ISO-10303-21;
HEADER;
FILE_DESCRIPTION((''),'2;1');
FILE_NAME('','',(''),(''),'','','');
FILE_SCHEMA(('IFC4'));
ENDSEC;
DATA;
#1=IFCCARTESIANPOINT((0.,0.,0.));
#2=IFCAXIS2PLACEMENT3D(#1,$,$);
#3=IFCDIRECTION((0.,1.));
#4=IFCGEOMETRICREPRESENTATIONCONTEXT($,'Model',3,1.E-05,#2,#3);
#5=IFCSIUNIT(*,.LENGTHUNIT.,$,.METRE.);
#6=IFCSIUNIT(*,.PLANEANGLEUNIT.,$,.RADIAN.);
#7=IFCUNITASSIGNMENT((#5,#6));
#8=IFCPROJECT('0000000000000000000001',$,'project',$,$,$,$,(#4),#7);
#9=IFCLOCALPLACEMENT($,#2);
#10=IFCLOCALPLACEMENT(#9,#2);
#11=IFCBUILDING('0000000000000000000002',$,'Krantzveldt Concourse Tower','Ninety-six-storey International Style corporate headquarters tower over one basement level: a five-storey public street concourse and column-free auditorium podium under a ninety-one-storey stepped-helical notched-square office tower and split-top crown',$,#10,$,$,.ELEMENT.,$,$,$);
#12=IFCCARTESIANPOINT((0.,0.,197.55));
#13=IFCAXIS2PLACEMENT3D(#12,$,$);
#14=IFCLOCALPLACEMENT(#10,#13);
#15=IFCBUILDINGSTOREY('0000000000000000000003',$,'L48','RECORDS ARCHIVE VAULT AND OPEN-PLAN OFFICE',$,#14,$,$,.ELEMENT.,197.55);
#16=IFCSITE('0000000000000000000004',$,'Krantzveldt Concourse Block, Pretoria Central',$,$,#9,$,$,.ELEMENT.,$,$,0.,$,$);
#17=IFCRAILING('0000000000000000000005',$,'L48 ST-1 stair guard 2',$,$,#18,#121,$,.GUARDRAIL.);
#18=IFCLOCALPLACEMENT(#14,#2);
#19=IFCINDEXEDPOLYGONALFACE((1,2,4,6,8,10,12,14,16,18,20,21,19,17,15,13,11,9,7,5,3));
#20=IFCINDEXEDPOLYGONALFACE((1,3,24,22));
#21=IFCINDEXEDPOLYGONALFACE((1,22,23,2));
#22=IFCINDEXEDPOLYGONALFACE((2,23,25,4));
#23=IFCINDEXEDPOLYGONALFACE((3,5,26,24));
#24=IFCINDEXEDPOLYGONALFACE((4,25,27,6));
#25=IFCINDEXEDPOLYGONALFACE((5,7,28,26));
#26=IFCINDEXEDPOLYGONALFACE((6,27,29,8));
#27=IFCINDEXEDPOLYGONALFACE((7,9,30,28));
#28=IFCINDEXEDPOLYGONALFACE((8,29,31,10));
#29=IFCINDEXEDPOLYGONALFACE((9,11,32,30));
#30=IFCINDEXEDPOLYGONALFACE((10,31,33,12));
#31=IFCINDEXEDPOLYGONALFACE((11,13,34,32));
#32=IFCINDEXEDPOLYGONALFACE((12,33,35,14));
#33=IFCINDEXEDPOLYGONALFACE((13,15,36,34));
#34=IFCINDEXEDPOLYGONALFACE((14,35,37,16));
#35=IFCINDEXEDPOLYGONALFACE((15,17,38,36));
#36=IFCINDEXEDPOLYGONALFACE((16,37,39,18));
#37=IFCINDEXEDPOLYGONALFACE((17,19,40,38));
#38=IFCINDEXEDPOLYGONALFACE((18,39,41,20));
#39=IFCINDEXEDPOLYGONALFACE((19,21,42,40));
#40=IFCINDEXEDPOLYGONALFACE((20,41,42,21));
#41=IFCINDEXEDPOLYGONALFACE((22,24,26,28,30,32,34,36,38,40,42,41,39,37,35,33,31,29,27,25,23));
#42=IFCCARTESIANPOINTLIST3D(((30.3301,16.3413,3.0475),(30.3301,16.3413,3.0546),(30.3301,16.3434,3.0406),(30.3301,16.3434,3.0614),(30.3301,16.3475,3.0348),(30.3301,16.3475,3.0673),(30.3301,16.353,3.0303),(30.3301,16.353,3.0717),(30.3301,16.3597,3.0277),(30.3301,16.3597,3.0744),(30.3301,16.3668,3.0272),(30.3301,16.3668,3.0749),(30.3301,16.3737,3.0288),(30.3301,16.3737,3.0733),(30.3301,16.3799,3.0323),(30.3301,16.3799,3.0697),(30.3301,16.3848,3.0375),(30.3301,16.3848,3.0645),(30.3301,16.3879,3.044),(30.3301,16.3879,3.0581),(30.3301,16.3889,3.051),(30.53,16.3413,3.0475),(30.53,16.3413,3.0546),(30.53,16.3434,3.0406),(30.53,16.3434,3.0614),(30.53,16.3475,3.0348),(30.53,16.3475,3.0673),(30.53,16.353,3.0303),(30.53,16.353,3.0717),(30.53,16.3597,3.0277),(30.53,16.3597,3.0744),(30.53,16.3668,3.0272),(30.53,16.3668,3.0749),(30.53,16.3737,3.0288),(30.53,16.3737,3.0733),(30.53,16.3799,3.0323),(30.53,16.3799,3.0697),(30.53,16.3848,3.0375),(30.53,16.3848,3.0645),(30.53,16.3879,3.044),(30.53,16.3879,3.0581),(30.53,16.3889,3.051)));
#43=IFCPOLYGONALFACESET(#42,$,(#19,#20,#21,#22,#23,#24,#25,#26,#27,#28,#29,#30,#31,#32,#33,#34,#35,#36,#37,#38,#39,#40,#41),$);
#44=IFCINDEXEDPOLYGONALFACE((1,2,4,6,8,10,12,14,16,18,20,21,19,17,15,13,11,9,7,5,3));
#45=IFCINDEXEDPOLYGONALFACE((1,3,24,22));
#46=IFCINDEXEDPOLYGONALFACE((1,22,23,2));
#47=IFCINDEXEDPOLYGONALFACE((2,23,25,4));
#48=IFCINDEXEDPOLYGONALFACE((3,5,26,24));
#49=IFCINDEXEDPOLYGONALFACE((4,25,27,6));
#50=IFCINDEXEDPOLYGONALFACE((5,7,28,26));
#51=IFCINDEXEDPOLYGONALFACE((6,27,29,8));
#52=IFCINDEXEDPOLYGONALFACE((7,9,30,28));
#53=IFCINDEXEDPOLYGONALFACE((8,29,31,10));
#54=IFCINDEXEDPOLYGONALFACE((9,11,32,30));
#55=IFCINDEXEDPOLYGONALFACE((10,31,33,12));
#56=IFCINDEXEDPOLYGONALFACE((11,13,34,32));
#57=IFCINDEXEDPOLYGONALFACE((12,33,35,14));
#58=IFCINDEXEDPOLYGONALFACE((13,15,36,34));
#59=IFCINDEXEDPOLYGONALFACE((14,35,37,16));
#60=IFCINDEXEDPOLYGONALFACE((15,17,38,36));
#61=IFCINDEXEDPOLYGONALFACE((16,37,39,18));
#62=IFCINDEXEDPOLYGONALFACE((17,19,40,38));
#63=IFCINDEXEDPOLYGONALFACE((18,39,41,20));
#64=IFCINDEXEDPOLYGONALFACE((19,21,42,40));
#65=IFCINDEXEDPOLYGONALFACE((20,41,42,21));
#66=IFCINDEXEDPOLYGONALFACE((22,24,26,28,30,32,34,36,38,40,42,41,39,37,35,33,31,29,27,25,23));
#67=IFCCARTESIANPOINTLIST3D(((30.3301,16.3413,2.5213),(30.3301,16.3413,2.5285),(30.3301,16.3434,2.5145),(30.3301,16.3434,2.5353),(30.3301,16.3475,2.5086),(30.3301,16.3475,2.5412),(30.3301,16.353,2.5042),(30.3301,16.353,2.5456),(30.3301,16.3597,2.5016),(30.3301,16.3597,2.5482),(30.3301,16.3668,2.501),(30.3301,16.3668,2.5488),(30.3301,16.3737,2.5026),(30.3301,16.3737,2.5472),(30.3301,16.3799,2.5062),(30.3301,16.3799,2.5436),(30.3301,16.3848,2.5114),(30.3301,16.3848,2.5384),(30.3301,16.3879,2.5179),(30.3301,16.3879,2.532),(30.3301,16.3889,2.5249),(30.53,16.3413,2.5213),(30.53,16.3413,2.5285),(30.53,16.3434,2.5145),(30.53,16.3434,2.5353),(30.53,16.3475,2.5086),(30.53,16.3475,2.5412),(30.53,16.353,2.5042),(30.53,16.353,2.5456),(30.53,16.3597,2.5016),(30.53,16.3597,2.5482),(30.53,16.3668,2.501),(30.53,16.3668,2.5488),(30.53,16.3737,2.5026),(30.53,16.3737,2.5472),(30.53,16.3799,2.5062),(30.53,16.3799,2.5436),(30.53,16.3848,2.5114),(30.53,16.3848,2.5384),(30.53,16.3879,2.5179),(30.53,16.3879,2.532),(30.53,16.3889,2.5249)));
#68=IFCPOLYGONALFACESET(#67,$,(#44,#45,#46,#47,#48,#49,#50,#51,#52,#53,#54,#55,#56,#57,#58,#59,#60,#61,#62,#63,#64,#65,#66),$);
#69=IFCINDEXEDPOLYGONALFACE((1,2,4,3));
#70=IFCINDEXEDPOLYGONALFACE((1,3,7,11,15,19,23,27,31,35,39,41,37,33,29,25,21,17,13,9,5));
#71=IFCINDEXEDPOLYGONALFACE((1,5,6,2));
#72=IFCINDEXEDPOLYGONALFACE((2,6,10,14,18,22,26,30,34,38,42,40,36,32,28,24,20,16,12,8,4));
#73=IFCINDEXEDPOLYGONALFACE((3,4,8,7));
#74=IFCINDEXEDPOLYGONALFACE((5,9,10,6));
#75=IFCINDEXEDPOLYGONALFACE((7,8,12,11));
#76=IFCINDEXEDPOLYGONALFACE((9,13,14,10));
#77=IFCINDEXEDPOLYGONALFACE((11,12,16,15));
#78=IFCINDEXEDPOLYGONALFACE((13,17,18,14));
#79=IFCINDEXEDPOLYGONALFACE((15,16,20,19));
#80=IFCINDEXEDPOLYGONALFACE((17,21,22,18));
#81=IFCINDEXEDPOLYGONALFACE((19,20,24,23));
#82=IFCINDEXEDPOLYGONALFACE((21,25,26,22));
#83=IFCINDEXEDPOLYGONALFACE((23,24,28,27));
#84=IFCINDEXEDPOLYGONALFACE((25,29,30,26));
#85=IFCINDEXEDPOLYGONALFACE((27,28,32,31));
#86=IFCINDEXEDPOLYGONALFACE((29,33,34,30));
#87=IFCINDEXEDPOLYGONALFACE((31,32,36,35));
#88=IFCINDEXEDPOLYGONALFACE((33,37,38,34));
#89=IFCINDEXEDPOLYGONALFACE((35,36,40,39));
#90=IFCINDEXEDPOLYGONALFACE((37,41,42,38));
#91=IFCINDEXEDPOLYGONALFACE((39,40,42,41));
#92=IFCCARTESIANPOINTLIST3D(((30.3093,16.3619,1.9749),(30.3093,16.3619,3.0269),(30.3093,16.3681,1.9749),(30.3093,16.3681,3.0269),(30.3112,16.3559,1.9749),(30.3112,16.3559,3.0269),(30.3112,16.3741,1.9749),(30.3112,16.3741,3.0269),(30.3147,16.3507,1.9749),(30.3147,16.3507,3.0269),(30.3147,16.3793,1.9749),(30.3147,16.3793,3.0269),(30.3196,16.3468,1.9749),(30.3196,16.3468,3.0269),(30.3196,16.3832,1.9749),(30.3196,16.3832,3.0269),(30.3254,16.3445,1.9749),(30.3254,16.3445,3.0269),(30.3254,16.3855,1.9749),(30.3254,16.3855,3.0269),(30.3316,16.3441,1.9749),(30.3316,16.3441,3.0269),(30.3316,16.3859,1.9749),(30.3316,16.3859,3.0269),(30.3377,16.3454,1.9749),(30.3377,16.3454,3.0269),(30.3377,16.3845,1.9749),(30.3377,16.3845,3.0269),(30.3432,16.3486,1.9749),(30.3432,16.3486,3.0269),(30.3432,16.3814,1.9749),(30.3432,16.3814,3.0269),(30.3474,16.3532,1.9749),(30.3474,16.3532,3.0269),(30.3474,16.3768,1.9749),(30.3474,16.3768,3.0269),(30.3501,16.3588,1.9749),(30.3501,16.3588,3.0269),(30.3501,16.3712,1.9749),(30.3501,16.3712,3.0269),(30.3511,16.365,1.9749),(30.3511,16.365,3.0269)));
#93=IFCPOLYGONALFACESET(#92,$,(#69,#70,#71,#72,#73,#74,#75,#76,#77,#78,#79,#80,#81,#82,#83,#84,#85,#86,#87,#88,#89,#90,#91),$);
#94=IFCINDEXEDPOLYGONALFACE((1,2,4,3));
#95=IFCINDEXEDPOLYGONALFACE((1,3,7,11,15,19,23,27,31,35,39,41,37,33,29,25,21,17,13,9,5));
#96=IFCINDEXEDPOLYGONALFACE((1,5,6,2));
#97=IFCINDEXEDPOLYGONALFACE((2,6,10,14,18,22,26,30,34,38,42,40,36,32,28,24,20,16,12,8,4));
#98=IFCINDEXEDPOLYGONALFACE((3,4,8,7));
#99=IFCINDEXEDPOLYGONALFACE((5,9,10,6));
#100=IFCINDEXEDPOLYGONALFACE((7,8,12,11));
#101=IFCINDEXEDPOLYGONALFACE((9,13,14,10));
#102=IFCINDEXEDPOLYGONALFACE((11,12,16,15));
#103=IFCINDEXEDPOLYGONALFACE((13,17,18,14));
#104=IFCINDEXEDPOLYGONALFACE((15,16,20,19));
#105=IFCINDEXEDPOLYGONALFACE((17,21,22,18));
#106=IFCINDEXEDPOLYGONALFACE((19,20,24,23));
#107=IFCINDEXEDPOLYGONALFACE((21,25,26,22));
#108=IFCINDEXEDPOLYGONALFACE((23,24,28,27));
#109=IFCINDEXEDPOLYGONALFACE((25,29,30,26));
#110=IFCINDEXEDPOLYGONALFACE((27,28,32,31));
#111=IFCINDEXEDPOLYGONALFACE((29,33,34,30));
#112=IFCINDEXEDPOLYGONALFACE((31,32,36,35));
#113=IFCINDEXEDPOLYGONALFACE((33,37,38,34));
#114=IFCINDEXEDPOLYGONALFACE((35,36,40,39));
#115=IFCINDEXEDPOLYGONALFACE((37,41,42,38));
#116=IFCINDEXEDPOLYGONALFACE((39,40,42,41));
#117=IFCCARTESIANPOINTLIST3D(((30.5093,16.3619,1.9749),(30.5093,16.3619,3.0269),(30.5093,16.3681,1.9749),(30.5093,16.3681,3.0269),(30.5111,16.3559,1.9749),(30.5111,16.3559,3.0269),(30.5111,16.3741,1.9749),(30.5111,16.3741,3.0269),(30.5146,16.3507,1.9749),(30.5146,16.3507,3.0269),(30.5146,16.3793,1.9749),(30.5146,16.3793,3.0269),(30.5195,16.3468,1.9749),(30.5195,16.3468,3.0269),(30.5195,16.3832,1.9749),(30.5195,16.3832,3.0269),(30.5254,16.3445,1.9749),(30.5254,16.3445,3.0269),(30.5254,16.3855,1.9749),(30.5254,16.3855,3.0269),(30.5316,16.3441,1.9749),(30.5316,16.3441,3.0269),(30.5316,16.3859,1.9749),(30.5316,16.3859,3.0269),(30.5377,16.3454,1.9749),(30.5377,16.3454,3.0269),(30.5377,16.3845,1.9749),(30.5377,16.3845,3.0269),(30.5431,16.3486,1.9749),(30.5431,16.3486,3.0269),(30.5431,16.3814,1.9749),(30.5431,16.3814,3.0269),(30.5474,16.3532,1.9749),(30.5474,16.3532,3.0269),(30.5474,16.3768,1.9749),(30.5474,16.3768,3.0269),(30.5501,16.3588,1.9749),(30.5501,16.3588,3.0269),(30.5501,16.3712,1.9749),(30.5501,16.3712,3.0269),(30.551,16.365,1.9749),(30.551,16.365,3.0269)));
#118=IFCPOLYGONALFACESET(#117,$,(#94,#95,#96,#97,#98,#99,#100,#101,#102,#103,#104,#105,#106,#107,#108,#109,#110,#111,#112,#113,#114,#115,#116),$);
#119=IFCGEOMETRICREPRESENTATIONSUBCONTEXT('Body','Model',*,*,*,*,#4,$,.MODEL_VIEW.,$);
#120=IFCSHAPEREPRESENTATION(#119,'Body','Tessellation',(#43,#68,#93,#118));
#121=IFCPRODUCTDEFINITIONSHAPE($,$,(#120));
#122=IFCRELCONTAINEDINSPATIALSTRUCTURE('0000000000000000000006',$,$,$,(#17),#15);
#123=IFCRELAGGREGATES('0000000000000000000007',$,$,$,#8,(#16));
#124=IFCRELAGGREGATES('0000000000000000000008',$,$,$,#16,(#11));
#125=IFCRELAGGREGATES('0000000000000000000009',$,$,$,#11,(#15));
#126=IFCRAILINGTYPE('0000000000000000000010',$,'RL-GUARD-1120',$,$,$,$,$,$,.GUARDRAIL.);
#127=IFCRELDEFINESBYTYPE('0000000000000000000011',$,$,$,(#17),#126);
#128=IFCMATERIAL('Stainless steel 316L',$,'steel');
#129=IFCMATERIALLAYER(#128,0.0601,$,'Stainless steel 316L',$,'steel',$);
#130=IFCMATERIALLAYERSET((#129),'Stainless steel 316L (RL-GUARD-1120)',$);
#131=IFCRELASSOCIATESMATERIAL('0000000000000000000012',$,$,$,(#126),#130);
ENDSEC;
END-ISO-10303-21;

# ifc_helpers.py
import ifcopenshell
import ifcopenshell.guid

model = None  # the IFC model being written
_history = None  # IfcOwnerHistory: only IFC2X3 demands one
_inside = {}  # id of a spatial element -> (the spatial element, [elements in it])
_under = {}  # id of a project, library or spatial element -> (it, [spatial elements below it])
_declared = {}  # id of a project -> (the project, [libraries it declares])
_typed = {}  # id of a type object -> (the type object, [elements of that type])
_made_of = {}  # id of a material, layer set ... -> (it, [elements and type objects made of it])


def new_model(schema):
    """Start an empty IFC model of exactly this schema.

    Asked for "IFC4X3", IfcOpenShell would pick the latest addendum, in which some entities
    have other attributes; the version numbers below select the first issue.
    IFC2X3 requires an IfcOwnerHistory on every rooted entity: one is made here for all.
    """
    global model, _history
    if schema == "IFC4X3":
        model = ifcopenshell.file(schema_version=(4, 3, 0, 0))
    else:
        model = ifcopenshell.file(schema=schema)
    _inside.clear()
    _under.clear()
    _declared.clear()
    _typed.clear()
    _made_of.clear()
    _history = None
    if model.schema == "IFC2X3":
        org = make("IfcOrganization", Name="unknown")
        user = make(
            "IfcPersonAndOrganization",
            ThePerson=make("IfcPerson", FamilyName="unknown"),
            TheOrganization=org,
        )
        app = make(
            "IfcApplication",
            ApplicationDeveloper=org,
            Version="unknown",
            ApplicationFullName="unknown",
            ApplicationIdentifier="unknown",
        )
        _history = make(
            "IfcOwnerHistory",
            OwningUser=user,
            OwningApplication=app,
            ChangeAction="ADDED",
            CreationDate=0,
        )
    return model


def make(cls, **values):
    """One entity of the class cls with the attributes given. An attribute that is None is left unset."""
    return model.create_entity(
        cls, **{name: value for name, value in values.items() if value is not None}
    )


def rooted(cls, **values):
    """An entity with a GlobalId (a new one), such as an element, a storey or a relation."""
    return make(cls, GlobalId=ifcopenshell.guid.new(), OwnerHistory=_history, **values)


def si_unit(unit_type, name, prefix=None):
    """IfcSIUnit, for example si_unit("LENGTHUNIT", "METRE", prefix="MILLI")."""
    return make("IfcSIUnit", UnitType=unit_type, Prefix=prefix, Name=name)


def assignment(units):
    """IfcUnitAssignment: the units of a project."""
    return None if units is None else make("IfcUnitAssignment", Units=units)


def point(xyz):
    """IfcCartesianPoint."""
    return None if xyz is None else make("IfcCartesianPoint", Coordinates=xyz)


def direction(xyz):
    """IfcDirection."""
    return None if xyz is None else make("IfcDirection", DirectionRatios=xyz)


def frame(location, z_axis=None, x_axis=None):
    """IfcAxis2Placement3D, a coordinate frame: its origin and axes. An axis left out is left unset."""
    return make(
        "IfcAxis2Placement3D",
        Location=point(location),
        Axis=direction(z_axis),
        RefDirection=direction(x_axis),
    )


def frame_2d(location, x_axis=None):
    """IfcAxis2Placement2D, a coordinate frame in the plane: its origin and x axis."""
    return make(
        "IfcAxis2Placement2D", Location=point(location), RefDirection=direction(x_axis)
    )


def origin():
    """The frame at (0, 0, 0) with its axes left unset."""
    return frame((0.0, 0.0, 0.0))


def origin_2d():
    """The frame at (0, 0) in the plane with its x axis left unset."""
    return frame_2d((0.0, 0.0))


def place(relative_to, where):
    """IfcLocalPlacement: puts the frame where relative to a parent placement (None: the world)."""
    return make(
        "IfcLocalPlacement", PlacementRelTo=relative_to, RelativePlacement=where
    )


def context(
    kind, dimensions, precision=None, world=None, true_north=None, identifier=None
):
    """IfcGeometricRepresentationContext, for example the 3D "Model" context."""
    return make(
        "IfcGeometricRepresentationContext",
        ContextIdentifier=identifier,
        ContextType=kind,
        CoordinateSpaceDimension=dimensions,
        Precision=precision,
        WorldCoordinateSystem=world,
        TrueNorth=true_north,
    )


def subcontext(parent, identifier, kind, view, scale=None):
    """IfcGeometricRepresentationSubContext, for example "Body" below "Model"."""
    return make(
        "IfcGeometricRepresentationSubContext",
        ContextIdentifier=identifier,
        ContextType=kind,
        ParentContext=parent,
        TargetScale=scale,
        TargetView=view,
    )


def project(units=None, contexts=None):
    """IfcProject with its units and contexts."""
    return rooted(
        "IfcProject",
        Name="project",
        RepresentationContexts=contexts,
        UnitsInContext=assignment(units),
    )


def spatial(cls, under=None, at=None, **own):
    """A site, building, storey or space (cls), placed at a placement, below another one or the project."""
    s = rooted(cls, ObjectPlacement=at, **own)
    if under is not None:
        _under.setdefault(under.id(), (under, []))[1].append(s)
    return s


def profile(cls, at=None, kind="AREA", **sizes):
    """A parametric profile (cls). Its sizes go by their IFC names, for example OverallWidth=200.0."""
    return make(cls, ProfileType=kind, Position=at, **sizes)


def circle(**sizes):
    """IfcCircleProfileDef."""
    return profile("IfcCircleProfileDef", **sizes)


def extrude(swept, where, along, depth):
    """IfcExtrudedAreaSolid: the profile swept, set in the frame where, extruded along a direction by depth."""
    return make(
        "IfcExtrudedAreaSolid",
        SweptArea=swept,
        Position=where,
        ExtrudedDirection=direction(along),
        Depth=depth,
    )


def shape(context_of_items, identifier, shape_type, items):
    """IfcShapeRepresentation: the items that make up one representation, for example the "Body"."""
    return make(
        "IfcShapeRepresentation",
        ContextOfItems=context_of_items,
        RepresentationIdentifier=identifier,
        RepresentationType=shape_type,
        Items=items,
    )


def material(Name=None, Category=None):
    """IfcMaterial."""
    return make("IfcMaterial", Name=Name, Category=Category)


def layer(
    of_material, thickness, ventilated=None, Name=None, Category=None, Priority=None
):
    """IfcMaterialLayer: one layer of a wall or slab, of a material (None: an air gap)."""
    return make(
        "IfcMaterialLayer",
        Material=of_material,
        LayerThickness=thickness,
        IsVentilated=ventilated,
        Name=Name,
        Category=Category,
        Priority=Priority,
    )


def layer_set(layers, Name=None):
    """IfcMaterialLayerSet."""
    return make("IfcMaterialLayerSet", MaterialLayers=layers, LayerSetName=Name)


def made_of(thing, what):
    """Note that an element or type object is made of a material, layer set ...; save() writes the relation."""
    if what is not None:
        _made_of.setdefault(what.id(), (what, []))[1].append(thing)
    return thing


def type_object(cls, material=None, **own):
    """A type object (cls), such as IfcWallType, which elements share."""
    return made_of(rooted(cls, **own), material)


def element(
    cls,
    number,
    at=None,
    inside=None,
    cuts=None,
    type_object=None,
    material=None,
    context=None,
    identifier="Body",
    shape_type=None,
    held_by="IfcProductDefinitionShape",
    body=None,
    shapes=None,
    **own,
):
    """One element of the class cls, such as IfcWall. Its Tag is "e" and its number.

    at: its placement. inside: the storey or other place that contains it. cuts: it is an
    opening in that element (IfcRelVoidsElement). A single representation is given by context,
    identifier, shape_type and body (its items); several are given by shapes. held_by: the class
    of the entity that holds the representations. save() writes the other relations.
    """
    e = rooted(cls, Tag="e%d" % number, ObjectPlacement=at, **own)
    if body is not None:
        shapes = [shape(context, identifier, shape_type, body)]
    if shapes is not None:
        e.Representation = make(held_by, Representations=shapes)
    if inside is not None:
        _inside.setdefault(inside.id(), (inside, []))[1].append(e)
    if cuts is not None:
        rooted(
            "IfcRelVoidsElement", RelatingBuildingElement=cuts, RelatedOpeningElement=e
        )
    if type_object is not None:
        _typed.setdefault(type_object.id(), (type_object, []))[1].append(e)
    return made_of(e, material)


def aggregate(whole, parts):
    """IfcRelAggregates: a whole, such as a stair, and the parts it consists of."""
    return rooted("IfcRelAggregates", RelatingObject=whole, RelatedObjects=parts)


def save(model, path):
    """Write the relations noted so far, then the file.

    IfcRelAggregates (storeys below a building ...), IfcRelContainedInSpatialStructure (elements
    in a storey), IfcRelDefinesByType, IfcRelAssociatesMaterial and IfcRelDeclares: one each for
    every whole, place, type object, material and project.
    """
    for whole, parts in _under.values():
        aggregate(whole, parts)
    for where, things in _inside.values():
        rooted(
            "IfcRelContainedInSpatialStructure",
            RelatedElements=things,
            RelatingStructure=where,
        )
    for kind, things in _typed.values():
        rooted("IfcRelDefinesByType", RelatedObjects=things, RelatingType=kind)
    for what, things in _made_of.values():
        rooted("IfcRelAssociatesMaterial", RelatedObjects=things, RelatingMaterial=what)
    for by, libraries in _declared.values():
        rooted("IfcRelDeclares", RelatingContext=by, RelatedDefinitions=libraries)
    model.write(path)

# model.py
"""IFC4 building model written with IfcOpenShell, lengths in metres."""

from ifc_helpers import new_model, si_unit, direction, frame, origin, origin_2d, place, context, subcontext, project, spatial, circle, extrude, material, layer, layer_set, type_object, element, save


model = new_model("IFC4")

# Units and contexts
model_context = context("Model", 3, precision=1e-05, world=origin(), true_north=direction((0.0, 1.0)))
body_context = subcontext(model_context, "Body", "Model", "MODEL_VIEW")
ifc_project = project(units=[si_unit("LENGTHUNIT", "METRE"), si_unit("PLANEANGLEUNIT", "RADIAN")], contexts=[model_context])

# Site, building, storey
site_placement = place(None, origin())
site = spatial("IfcSite", under=ifc_project, at=site_placement, Name="Krantzveldt Concourse Block, Pretoria Central", CompositionType="ELEMENT", RefElevation=0.0)
building_placement = place(site_placement, origin())
building = spatial("IfcBuilding", under=site, at=building_placement, Name="Krantzveldt Concourse Tower", Description="Ninety-six-storey International Style corporate headquarters tower over one basement level: a five-storey public street concourse and column-free auditorium podium under a ninety-one-storey stepped-helical notched-square office tower and split-top crown", CompositionType="ELEMENT")
storey_placement = place(building_placement, frame((0.0, 0.0, 197.55)))
storey = spatial("IfcBuildingStorey", under=building, at=storey_placement, Name="L48", Description="RECORDS ARCHIVE VAULT AND OPEN-PLAN OFFICE", CompositionType="ELEMENT", Elevation=197.55)

# Shared definitions
ifc_material_1 = material(Name="Stainless steel 316L", Category="steel")

# Railing
ifc_layer_1 = layer(ifc_material_1, 0.0601, Name="Stainless steel 316L", Category="steel")
ifc_layer_set_1 = layer_set([ifc_layer_1], Name="Stainless steel 316L (RL-GUARD-1120)")
railing_type_1 = type_object("IfcRailingType", Name="RL-GUARD-1120", PredefinedType="GUARDRAIL", material=ifc_layer_set_1)
railing_1_placement = place(storey_placement, frame((30.3301, 16.365, 1.9749)))
element("IfcRailing", 1, at=railing_1_placement, inside=storey, type_object=railing_type_1, Name="L48 ST-1 stair guard 2", PredefinedType="GUARDRAIL", context=body_context, shape_type="SweptSolid", body=[
    extrude(circle(Radius=0.0239, at=origin_2d()), frame((0.0, 0.0, 1.0762), z_axis=(1.0, 0.0, 0.0), x_axis=(0.0, 1.0, 0.0)), (0.0, 0.0, 1.0), 0.2),
    extrude(circle(Radius=0.0239, at=origin_2d()), frame((0.0, 0.0, 0.55), z_axis=(1.0, 0.0, 0.0), x_axis=(0.0, 1.0, 0.0)), (0.0, 0.0, 1.0), 0.2),
    extrude(circle(Radius=0.021, at=origin_2d()), origin(), (0.0, 0.0, 1.0), 1.052),
    extrude(circle(Radius=0.021, at=origin_2d()), frame((0.2, 0.0, 0.0)), (0.0, 0.0, 1.0), 1.052),
])

save(model, "model.ifc")
